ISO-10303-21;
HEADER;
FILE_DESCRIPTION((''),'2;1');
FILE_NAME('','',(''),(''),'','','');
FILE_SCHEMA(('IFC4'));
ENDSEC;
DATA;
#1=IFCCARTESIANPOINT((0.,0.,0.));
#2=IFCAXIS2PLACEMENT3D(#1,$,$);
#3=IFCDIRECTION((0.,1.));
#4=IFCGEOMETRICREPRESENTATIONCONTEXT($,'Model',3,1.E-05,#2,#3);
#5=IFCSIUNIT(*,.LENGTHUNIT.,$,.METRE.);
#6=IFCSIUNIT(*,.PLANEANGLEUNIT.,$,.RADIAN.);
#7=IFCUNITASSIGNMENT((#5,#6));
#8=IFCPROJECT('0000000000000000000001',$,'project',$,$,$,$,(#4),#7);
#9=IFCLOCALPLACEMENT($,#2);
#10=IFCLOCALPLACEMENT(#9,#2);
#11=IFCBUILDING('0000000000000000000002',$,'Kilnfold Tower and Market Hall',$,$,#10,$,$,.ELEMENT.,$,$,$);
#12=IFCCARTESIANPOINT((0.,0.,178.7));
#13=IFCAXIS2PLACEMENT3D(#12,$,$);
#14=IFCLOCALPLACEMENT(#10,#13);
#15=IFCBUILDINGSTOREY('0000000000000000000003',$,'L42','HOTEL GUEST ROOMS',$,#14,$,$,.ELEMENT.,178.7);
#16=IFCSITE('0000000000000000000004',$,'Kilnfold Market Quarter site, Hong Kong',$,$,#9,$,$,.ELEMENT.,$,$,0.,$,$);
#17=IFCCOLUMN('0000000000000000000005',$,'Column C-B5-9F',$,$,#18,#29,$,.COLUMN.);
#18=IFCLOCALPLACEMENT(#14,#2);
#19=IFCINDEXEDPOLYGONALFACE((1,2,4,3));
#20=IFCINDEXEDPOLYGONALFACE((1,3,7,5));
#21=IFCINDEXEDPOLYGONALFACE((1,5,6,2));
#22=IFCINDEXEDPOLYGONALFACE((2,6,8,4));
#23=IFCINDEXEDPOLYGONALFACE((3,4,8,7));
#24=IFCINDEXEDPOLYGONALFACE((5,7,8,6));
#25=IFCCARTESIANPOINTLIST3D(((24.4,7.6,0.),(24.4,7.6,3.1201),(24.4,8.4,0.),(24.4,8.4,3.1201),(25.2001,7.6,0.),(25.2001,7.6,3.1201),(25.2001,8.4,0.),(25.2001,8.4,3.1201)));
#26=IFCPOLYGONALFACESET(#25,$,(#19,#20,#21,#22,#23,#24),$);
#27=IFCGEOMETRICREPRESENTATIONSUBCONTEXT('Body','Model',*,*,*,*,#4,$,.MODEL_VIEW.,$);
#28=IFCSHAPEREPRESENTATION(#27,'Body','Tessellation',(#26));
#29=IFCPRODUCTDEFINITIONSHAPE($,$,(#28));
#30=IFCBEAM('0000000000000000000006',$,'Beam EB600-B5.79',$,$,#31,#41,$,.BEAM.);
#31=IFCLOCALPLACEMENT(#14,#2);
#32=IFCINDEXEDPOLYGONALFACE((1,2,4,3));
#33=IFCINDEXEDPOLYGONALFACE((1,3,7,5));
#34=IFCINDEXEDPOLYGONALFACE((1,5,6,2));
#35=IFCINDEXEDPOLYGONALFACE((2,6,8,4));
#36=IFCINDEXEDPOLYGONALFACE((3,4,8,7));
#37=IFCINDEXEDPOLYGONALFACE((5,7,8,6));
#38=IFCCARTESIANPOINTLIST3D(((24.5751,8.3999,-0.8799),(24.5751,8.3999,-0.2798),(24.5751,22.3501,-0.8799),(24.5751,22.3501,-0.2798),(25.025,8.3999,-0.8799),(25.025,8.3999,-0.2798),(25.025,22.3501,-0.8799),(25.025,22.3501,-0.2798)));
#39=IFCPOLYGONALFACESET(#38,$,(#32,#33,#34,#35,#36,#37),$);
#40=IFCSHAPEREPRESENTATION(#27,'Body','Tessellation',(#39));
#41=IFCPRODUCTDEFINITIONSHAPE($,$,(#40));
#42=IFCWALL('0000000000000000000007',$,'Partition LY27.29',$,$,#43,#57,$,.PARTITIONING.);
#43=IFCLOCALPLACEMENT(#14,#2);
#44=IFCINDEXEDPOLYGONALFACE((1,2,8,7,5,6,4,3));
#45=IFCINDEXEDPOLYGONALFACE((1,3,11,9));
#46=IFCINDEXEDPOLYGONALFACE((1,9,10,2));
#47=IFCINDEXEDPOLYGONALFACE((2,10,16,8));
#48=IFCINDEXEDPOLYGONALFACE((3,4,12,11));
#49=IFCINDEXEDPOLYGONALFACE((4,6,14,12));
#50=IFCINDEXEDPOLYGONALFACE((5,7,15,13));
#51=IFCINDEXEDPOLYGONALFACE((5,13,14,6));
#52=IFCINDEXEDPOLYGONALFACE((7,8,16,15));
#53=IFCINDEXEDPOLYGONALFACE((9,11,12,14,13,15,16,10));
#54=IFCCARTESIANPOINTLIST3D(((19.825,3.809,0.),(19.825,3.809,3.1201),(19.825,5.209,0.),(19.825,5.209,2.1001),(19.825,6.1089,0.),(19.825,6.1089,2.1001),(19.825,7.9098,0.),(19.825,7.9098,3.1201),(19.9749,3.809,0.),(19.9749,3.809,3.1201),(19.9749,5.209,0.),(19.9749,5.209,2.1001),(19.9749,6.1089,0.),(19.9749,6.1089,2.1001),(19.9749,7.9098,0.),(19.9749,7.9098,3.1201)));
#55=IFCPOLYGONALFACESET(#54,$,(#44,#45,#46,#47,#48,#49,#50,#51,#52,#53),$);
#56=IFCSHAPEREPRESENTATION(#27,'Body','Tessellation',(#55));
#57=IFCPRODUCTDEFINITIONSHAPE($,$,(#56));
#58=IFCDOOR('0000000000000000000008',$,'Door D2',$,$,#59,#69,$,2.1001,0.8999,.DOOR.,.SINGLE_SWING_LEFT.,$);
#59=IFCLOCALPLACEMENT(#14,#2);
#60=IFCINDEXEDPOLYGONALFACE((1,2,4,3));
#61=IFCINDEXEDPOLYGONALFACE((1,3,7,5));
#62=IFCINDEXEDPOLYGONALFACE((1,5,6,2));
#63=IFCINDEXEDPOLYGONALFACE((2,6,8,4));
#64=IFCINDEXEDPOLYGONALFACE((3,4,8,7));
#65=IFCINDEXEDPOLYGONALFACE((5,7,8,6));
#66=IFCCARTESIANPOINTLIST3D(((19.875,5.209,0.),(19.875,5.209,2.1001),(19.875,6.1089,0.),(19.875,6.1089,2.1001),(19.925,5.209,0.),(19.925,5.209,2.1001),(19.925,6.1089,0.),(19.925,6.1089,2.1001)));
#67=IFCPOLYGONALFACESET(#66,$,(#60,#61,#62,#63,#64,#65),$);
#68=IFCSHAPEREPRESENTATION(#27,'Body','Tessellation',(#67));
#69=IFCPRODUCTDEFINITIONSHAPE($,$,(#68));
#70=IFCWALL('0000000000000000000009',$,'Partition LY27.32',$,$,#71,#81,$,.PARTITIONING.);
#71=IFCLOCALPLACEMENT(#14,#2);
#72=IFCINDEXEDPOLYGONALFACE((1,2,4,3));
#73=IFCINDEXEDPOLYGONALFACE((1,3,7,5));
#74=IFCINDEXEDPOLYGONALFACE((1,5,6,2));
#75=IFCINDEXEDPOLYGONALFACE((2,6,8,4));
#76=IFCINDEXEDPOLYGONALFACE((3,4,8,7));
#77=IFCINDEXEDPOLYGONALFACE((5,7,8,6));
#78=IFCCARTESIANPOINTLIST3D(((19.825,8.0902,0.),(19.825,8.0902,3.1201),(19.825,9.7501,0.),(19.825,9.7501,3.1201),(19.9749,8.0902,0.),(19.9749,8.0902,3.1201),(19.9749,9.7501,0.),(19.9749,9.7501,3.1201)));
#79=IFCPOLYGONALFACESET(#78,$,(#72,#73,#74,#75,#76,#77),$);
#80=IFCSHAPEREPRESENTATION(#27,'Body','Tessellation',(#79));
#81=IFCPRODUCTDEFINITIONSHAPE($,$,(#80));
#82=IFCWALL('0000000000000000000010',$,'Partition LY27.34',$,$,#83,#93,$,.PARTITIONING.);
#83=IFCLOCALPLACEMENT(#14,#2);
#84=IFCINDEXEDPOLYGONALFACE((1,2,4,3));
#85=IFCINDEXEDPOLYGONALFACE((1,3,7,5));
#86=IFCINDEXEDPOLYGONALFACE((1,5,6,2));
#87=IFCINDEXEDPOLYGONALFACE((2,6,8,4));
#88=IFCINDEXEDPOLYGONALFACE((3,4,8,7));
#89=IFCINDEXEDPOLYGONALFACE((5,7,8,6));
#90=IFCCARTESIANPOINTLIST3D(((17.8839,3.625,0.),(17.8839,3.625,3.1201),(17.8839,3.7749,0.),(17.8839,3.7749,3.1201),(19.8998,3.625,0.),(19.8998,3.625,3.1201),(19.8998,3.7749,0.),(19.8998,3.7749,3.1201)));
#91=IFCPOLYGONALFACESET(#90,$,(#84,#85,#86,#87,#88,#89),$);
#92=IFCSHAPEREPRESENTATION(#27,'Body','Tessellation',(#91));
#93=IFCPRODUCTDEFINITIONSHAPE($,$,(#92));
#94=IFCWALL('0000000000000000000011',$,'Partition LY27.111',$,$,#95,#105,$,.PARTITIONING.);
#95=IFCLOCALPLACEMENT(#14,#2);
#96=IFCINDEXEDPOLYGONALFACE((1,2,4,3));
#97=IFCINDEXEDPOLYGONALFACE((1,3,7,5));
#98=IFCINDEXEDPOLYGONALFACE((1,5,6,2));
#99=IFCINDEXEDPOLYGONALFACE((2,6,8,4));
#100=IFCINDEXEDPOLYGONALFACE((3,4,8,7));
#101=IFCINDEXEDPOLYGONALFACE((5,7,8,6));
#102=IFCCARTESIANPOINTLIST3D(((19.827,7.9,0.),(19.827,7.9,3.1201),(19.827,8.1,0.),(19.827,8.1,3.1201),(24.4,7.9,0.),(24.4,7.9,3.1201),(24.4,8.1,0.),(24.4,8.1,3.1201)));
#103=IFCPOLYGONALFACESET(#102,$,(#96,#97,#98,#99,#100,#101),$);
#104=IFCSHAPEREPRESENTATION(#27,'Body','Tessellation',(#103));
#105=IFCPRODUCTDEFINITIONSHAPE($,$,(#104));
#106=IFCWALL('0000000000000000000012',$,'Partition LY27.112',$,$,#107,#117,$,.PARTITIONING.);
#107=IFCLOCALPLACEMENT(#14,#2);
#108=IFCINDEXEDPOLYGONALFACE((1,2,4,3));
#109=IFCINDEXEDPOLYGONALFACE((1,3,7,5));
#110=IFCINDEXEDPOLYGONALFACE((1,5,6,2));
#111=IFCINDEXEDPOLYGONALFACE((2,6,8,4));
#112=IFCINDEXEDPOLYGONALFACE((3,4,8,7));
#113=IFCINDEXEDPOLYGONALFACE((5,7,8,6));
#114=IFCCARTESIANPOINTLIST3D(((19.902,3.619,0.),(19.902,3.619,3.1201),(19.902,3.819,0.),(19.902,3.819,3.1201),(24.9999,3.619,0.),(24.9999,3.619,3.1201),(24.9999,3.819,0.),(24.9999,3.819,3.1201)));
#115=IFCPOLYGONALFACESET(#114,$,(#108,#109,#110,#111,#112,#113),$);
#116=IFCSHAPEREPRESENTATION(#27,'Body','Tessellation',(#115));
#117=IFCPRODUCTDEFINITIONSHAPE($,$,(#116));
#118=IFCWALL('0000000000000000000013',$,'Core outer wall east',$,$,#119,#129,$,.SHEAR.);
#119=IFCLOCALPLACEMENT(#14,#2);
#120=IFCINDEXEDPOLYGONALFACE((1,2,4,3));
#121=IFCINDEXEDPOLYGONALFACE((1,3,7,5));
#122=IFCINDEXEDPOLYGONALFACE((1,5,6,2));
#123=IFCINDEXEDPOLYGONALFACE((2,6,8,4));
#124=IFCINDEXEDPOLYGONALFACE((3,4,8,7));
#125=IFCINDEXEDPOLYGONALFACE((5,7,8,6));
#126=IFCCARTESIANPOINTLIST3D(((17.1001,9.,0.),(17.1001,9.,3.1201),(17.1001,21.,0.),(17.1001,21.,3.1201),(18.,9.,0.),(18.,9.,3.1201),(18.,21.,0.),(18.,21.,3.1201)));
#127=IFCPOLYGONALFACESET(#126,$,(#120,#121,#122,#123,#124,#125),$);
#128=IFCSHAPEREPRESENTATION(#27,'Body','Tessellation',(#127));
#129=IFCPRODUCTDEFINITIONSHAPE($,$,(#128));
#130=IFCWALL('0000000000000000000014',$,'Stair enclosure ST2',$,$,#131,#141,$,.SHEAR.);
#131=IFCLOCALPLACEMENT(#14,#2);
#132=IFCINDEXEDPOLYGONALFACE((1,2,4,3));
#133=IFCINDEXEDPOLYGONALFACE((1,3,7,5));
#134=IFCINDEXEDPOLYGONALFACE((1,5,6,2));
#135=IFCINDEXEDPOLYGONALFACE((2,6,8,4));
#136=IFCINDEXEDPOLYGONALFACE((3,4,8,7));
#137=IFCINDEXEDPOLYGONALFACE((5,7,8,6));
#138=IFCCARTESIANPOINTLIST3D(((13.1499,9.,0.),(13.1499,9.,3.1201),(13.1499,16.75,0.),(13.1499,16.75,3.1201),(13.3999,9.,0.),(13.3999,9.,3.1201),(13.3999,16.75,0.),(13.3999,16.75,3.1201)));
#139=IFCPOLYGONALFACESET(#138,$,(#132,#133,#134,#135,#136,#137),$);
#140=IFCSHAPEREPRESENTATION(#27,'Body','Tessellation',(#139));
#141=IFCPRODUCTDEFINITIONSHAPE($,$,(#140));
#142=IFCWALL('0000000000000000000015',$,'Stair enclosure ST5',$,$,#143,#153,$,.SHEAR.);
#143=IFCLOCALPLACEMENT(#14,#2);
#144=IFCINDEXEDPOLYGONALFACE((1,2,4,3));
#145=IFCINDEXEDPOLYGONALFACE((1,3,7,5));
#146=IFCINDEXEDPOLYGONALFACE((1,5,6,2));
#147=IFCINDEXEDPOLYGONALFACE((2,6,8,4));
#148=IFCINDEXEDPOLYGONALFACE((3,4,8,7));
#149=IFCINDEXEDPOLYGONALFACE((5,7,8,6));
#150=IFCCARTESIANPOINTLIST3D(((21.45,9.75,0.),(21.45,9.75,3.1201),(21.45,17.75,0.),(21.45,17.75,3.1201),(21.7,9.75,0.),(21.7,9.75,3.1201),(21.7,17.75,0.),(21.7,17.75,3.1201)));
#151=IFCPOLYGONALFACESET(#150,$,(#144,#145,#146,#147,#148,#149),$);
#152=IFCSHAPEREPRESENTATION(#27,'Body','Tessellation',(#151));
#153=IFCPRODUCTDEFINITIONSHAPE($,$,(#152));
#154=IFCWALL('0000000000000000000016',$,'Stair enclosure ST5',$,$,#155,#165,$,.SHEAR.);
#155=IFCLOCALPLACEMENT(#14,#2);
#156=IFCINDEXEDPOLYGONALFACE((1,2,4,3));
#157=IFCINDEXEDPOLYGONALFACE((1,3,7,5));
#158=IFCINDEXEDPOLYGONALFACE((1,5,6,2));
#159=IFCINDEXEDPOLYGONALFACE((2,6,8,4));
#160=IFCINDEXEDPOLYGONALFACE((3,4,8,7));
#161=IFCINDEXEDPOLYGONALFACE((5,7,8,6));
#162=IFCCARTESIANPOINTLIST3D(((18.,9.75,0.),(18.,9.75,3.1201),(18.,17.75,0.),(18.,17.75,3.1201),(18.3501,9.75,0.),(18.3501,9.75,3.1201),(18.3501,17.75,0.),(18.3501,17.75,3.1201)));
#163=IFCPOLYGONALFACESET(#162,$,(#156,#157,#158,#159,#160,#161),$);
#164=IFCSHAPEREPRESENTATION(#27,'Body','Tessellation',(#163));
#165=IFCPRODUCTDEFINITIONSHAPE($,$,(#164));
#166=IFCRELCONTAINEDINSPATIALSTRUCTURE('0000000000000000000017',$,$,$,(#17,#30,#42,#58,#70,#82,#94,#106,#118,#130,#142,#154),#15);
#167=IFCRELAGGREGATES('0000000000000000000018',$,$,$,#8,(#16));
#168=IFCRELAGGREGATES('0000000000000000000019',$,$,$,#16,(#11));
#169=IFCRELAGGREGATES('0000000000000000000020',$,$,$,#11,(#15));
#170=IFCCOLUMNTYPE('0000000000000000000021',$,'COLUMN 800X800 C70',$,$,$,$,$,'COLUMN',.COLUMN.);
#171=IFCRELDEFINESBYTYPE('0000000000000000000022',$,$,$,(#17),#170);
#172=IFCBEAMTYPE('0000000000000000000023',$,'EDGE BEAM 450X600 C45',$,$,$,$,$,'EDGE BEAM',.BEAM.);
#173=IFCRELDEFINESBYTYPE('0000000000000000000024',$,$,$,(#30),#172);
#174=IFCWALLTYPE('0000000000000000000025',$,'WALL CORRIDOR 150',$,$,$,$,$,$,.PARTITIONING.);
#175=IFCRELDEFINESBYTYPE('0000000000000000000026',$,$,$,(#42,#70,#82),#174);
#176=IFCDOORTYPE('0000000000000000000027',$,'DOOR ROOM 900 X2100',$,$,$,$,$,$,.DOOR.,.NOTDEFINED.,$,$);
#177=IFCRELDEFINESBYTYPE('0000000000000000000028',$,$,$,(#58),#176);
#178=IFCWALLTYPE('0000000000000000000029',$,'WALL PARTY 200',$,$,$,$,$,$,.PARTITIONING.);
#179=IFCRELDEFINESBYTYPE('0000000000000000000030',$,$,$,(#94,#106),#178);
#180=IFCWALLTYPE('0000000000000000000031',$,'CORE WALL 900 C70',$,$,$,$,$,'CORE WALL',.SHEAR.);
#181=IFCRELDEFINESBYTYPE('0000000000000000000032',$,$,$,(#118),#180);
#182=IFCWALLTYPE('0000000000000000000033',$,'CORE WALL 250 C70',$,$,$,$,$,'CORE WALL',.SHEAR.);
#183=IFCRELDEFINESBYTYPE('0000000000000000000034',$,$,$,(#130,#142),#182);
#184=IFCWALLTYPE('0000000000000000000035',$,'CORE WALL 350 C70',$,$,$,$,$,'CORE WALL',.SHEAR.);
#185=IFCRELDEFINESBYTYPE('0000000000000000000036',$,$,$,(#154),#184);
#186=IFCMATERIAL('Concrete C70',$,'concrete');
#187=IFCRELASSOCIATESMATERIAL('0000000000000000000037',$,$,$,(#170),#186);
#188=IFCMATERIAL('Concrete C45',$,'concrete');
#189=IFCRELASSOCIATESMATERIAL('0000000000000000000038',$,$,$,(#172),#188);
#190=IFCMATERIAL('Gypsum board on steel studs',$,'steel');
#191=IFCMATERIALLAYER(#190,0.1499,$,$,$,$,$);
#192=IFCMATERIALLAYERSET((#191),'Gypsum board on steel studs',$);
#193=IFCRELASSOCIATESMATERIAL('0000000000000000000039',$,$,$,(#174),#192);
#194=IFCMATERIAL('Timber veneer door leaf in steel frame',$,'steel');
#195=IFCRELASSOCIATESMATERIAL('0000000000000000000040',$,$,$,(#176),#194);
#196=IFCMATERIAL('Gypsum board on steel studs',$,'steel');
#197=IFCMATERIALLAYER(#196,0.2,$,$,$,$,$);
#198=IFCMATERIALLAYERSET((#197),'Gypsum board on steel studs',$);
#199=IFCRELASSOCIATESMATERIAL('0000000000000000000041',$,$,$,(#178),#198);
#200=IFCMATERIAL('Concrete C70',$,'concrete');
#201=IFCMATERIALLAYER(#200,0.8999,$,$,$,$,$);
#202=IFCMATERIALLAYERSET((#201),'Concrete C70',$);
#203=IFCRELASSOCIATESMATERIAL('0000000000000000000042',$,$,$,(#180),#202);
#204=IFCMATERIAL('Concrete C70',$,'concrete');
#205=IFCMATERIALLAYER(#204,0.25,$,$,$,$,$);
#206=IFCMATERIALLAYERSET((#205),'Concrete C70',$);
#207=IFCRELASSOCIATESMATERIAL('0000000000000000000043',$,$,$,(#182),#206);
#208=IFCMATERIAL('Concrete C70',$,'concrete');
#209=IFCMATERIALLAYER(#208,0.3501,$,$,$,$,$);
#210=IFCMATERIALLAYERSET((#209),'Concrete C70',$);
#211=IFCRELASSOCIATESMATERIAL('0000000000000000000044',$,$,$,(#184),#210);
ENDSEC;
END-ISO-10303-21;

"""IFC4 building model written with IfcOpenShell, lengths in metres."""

from ifc_helpers import new_model, si_unit, direction, frame, frame_2d, origin, origin_2d, place, context, subcontext, project, spatial, rectangle, extrude, source, transform, mapped, material, layer, layer_set, material_profile, profile_set, type_object, element, fill, save


model = new_model("IFC4")

# Units and contexts
model_context = context("Model", 3, precision=1e-05, world=origin(), true_north=direction((0.0, 1.0)))
body_context = subcontext(model_context, "Body", "Model", "MODEL_VIEW")
ifc_project = project(units=[si_unit("LENGTHUNIT", "METRE"), si_unit("PLANEANGLEUNIT", "RADIAN")], contexts=[model_context])

# Site, building, storey
site_placement = place(None, origin())
site = spatial("IfcSite", under=ifc_project, at=site_placement, Name="Kilnfold Market Quarter site, Hong Kong", CompositionType="ELEMENT", RefElevation=0.0)
building_placement = place(site_placement, origin())
building = spatial("IfcBuilding", under=site, at=building_placement, Name="Kilnfold Tower and Market Hall", CompositionType="ELEMENT")
storey_placement = place(building_placement, frame((0.0, 0.0, 178.7)))
storey = spatial("IfcBuildingStorey", under=building, at=storey_placement, Name="L42", Description="HOTEL GUEST ROOMS", CompositionType="ELEMENT", Elevation=178.7)

# Column
ifc_material_1 = material(Name="Concrete C70", Category="concrete")
ifc_material_profile_1 = material_profile(ifc_material_1, rectangle(XDim=0.8, YDim=0.8, at=origin_2d()), Name="RC 800x800")
ifc_profile_set_1 = profile_set([ifc_material_profile_1], Name="Concrete C70")
column_type = type_object("IfcColumnType", Name="COLUMN 800X800 C70", ElementType="COLUMN", PredefinedType="COLUMN", material=ifc_profile_set_1)
shared_shape_1 = source(origin(), body_context, "Body", "SweptSolid", [
    extrude(rectangle(XDim=0.8, YDim=0.8, at=origin_2d()), origin(), (0.0, 0.0, 1.0), 3.1201),
])
column_placement = place(storey_placement, frame((24.8, 8.0, 0.0), z_axis=(0.0, 0.0, 1.0), x_axis=(1.0, 0.0, 0.0)))
element("IfcColumn", 1, at=column_placement, inside=storey, type_object=column_type, Name="Column C-B5-9F", PredefinedType="COLUMN", context=body_context, shape_type="MappedRepresentation", body=[
    mapped(shared_shape_1, transform((0.0, 0.0, 0.0))),
])

# Beam
ifc_material_2 = material(Name="Concrete C45", Category="concrete")
ifc_material_profile_2 = material_profile(ifc_material_2, rectangle(XDim=0.45, YDim=0.6001, at=origin_2d()), Name="RC 450x600")
ifc_profile_set_2 = profile_set([ifc_material_profile_2], Name="Concrete C45")
beam_type = type_object("IfcBeamType", Name="EDGE BEAM 450X600 C45", ElementType="EDGE BEAM", PredefinedType="BEAM", material=ifc_profile_set_2)
shared_shape_2 = source(origin(), body_context, "Body", "SweptSolid", [
    extrude(rectangle(XDim=0.45, YDim=0.6001, at=origin_2d()), origin(), (0.0, 0.0, 1.0), 13.9502),
])
beam_placement = place(storey_placement, frame((24.8, 8.3999, -0.5798), z_axis=(0.0, 1.0, 0.0), x_axis=(-1.0, 0.0, 0.0)))
element("IfcBeam", 2, at=beam_placement, inside=storey, type_object=beam_type, Name="Beam EB600-B5.79", PredefinedType="BEAM", context=body_context, shape_type="MappedRepresentation", body=[
    mapped(shared_shape_2, transform((0.0, 0.0, 0.0))),
])

# Wall, opening, door
ifc_material_3 = material(Name="Gypsum board on steel studs", Category="steel")
ifc_layer_1 = layer(ifc_material_3, 0.1499)
ifc_layer_set_1 = layer_set([ifc_layer_1], Name="Gypsum board on steel studs")
wall_type_1 = type_object("IfcWallType", Name="WALL CORRIDOR 150", PredefinedType="PARTITIONING", material=ifc_layer_set_1)
wall_1_placement = place(storey_placement, frame((19.8999, 3.8091, 0.0), z_axis=(0.0, 0.0, 1.0), x_axis=(0.0, 1.0, 0.0)))
wall_1 = element("IfcWall", 3, at=wall_1_placement, inside=storey, type_object=wall_type_1, Name="Partition LY27.29", PredefinedType="PARTITIONING", context=body_context, shape_type="SweptSolid", body=[
    extrude(rectangle(XDim=4.1008, YDim=0.1499, at=frame_2d((2.0503, 0.0))), origin(), (0.0, 0.0, 1.0), 3.1201),
])
opening_1_placement = place(wall_1_placement, frame((1.3999, 0.0, 0.0)))
opening_1 = element("IfcOpeningElement", 4, at=opening_1_placement, cuts=wall_1, PredefinedType="OPENING", context=body_context, shape_type="SweptSolid", body=[
    extrude(rectangle(XDim=0.8999, YDim=2.1001, at=frame_2d((0.45, 1.05))), frame((0.0, 0.085, 0.0), z_axis=(0.0, -1.0, 0.0), x_axis=(1.0, 0.0, 0.0)), (0.0, 0.0, 1.0), 0.1699),
])
ifc_material_4 = material(Name="Timber veneer door leaf in steel frame", Category="steel")
door_type_1 = type_object("IfcDoorType", Name="DOOR ROOM 900 X2100", OperationType="NOTDEFINED", PredefinedType="DOOR", material=ifc_material_4)
door_1_placement = place(opening_1_placement, origin())
door_1 = element("IfcDoor", 5, at=door_1_placement, inside=storey, type_object=door_type_1, Name="Door D2", OperationType="SINGLE_SWING_LEFT", OverallHeight=2.1001, OverallWidth=0.8999, PredefinedType="DOOR", context=body_context, shape_type="SweptSolid", body=[
    extrude(rectangle(XDim=0.8999, YDim=2.1001, at=frame_2d((0.45, 1.05))), frame((0.0, 0.0249, 0.0), z_axis=(0.0, -1.0, 0.0), x_axis=(1.0, 0.0, 0.0)), (0.0, 0.0, 1.0), 0.05),
])
fill(opening_1, door_1)

# Walls
wall_2_placement = place(storey_placement, frame((19.8999, 8.0901, 0.0), z_axis=(0.0, 0.0, 1.0), x_axis=(0.0, 1.0, 0.0)))
element("IfcWall", 6, at=wall_2_placement, inside=storey, type_object=wall_type_1, Name="Partition LY27.32", PredefinedType="PARTITIONING", context=body_context, shape_type="SweptSolid", body=[
    extrude(rectangle(XDim=1.6599, YDim=0.1499, at=frame_2d((0.8301, 0.0))), origin(), (0.0, 0.0, 1.0), 3.1201),
])
wall_3_placement = place(storey_placement, frame((17.884, 3.7, 0.0), z_axis=(0.0, 0.0, 1.0), x_axis=(1.0, 0.0, 0.0)))
element("IfcWall", 7, at=wall_3_placement, inside=storey, type_object=wall_type_1, Name="Partition LY27.34", PredefinedType="PARTITIONING", context=body_context, shape_type="SweptSolid", body=[
    extrude(rectangle(XDim=2.0159, YDim=0.1499, at=frame_2d((1.0078, 0.0))), origin(), (0.0, 0.0, 1.0), 3.1201),
])
ifc_material_5 = material(Name="Gypsum board on steel studs", Category="steel")
ifc_layer_2 = layer(ifc_material_5, 0.2)
ifc_layer_set_2 = layer_set([ifc_layer_2], Name="Gypsum board on steel studs")
wall_type_2 = type_object("IfcWallType", Name="WALL PARTY 200", PredefinedType="PARTITIONING", material=ifc_layer_set_2)
wall_4_placement = place(storey_placement, frame((19.8269, 8.0, 0.0), z_axis=(0.0, 0.0, 1.0), x_axis=(1.0, 0.0, 0.0)))
element("IfcWall", 8, at=wall_4_placement, inside=storey, type_object=wall_type_2, Name="Partition LY27.111", PredefinedType="PARTITIONING", context=body_context, shape_type="SweptSolid", body=[
    extrude(rectangle(XDim=4.573, YDim=0.2, at=frame_2d((2.2866, 0.0))), origin(), (0.0, 0.0, 1.0), 3.1201),
])
wall_5_placement = place(storey_placement, frame((19.9021, 3.719, 0.0), z_axis=(0.0, 0.0, 1.0), x_axis=(1.0, 0.0, 0.0)))
element("IfcWall", 9, at=wall_5_placement, inside=storey, type_object=wall_type_2, Name="Partition LY27.112", PredefinedType="PARTITIONING", context=body_context, shape_type="SweptSolid", body=[
    extrude(rectangle(XDim=5.0979, YDim=0.2, at=frame_2d((2.5488, 0.0))), origin(), (0.0, 0.0, 1.0), 3.1201),
])
ifc_material_6 = material(Name="Concrete C70", Category="concrete")
ifc_layer_3 = layer(ifc_material_6, 0.8999)
ifc_layer_set_3 = layer_set([ifc_layer_3], Name="Concrete C70")
wall_type_3 = type_object("IfcWallType", Name="CORE WALL 900 C70", ElementType="CORE WALL", PredefinedType="SHEAR", material=ifc_layer_set_3)
shared_shape_3 = source(origin(), body_context, "Body", "SweptSolid", [
    extrude(rectangle(XDim=12.0, YDim=0.8999, at=frame_2d((6.0, 0.0))), origin(), (0.0, 0.0, 1.0), 3.1201),
])
wall_6_placement = place(storey_placement, frame((17.55, 9.0, 0.0), z_axis=(0.0, 0.0, 1.0), x_axis=(0.0, 1.0, 0.0)))
element("IfcWall", 10, at=wall_6_placement, inside=storey, type_object=wall_type_3, Name="Core outer wall east", PredefinedType="SHEAR", context=body_context, shape_type="MappedRepresentation", body=[
    mapped(shared_shape_3, transform((0.0, 0.0, 0.0))),
])
ifc_material_7 = material(Name="Concrete C70", Category="concrete")
ifc_layer_4 = layer(ifc_material_7, 0.25)
ifc_layer_set_4 = layer_set([ifc_layer_4], Name="Concrete C70")
wall_type_4 = type_object("IfcWallType", Name="CORE WALL 250 C70", ElementType="CORE WALL", PredefinedType="SHEAR", material=ifc_layer_set_4)
shared_shape_4 = source(origin(), body_context, "Body", "SweptSolid", [
    extrude(rectangle(XDim=7.75, YDim=0.25, at=frame_2d((3.875, 0.0))), origin(), (0.0, 0.0, 1.0), 3.1201),
])
wall_7_placement = place(storey_placement, frame((13.2749, 9.0, 0.0), z_axis=(0.0, 0.0, 1.0), x_axis=(0.0, 1.0, 0.0)))
element("IfcWall", 11, at=wall_7_placement, inside=storey, type_object=wall_type_4, Name="Stair enclosure ST2", PredefinedType="SHEAR", context=body_context, shape_type="MappedRepresentation", body=[
    mapped(shared_shape_4, transform((0.0, 0.0, 0.0))),
])
shared_shape_5 = source(origin(), body_context, "Body", "SweptSolid", [
    extrude(rectangle(XDim=8.0, YDim=0.25, at=frame_2d((4.0, 0.0))), origin(), (0.0, 0.0, 1.0), 3.1201),
])
wall_8_placement = place(storey_placement, frame((21.575, 9.75, 0.0), z_axis=(0.0, 0.0, 1.0), x_axis=(0.0, 1.0, 0.0)))
element("IfcWall", 12, at=wall_8_placement, inside=storey, type_object=wall_type_4, Name="Stair enclosure ST5", PredefinedType="SHEAR", context=body_context, shape_type="MappedRepresentation", body=[
    mapped(shared_shape_5, transform((0.0, 0.0, 0.0))),
])
ifc_material_8 = material(Name="Concrete C70", Category="concrete")
ifc_layer_5 = layer(ifc_material_8, 0.3501)
ifc_layer_set_5 = layer_set([ifc_layer_5], Name="Concrete C70")
wall_type_5 = type_object("IfcWallType", Name="CORE WALL 350 C70", ElementType="CORE WALL", PredefinedType="SHEAR", material=ifc_layer_set_5)
shared_shape_6 = source(origin(), body_context, "Body", "SweptSolid", [
    extrude(rectangle(XDim=8.0, YDim=0.3501, at=frame_2d((4.0, 0.0))), origin(), (0.0, 0.0, 1.0), 3.1201),
])
wall_9_placement = place(storey_placement, frame((18.175, 9.75, 0.0), z_axis=(0.0, 0.0, 1.0), x_axis=(0.0, 1.0, 0.0)))
element("IfcWall", 13, at=wall_9_placement, inside=storey, type_object=wall_type_5, Name="Stair enclosure ST5", PredefinedType="SHEAR", context=body_context, shape_type="MappedRepresentation", body=[
    mapped(shared_shape_6, transform((0.0, 0.0, 0.0))),
])

save(model, "model.ifc")
